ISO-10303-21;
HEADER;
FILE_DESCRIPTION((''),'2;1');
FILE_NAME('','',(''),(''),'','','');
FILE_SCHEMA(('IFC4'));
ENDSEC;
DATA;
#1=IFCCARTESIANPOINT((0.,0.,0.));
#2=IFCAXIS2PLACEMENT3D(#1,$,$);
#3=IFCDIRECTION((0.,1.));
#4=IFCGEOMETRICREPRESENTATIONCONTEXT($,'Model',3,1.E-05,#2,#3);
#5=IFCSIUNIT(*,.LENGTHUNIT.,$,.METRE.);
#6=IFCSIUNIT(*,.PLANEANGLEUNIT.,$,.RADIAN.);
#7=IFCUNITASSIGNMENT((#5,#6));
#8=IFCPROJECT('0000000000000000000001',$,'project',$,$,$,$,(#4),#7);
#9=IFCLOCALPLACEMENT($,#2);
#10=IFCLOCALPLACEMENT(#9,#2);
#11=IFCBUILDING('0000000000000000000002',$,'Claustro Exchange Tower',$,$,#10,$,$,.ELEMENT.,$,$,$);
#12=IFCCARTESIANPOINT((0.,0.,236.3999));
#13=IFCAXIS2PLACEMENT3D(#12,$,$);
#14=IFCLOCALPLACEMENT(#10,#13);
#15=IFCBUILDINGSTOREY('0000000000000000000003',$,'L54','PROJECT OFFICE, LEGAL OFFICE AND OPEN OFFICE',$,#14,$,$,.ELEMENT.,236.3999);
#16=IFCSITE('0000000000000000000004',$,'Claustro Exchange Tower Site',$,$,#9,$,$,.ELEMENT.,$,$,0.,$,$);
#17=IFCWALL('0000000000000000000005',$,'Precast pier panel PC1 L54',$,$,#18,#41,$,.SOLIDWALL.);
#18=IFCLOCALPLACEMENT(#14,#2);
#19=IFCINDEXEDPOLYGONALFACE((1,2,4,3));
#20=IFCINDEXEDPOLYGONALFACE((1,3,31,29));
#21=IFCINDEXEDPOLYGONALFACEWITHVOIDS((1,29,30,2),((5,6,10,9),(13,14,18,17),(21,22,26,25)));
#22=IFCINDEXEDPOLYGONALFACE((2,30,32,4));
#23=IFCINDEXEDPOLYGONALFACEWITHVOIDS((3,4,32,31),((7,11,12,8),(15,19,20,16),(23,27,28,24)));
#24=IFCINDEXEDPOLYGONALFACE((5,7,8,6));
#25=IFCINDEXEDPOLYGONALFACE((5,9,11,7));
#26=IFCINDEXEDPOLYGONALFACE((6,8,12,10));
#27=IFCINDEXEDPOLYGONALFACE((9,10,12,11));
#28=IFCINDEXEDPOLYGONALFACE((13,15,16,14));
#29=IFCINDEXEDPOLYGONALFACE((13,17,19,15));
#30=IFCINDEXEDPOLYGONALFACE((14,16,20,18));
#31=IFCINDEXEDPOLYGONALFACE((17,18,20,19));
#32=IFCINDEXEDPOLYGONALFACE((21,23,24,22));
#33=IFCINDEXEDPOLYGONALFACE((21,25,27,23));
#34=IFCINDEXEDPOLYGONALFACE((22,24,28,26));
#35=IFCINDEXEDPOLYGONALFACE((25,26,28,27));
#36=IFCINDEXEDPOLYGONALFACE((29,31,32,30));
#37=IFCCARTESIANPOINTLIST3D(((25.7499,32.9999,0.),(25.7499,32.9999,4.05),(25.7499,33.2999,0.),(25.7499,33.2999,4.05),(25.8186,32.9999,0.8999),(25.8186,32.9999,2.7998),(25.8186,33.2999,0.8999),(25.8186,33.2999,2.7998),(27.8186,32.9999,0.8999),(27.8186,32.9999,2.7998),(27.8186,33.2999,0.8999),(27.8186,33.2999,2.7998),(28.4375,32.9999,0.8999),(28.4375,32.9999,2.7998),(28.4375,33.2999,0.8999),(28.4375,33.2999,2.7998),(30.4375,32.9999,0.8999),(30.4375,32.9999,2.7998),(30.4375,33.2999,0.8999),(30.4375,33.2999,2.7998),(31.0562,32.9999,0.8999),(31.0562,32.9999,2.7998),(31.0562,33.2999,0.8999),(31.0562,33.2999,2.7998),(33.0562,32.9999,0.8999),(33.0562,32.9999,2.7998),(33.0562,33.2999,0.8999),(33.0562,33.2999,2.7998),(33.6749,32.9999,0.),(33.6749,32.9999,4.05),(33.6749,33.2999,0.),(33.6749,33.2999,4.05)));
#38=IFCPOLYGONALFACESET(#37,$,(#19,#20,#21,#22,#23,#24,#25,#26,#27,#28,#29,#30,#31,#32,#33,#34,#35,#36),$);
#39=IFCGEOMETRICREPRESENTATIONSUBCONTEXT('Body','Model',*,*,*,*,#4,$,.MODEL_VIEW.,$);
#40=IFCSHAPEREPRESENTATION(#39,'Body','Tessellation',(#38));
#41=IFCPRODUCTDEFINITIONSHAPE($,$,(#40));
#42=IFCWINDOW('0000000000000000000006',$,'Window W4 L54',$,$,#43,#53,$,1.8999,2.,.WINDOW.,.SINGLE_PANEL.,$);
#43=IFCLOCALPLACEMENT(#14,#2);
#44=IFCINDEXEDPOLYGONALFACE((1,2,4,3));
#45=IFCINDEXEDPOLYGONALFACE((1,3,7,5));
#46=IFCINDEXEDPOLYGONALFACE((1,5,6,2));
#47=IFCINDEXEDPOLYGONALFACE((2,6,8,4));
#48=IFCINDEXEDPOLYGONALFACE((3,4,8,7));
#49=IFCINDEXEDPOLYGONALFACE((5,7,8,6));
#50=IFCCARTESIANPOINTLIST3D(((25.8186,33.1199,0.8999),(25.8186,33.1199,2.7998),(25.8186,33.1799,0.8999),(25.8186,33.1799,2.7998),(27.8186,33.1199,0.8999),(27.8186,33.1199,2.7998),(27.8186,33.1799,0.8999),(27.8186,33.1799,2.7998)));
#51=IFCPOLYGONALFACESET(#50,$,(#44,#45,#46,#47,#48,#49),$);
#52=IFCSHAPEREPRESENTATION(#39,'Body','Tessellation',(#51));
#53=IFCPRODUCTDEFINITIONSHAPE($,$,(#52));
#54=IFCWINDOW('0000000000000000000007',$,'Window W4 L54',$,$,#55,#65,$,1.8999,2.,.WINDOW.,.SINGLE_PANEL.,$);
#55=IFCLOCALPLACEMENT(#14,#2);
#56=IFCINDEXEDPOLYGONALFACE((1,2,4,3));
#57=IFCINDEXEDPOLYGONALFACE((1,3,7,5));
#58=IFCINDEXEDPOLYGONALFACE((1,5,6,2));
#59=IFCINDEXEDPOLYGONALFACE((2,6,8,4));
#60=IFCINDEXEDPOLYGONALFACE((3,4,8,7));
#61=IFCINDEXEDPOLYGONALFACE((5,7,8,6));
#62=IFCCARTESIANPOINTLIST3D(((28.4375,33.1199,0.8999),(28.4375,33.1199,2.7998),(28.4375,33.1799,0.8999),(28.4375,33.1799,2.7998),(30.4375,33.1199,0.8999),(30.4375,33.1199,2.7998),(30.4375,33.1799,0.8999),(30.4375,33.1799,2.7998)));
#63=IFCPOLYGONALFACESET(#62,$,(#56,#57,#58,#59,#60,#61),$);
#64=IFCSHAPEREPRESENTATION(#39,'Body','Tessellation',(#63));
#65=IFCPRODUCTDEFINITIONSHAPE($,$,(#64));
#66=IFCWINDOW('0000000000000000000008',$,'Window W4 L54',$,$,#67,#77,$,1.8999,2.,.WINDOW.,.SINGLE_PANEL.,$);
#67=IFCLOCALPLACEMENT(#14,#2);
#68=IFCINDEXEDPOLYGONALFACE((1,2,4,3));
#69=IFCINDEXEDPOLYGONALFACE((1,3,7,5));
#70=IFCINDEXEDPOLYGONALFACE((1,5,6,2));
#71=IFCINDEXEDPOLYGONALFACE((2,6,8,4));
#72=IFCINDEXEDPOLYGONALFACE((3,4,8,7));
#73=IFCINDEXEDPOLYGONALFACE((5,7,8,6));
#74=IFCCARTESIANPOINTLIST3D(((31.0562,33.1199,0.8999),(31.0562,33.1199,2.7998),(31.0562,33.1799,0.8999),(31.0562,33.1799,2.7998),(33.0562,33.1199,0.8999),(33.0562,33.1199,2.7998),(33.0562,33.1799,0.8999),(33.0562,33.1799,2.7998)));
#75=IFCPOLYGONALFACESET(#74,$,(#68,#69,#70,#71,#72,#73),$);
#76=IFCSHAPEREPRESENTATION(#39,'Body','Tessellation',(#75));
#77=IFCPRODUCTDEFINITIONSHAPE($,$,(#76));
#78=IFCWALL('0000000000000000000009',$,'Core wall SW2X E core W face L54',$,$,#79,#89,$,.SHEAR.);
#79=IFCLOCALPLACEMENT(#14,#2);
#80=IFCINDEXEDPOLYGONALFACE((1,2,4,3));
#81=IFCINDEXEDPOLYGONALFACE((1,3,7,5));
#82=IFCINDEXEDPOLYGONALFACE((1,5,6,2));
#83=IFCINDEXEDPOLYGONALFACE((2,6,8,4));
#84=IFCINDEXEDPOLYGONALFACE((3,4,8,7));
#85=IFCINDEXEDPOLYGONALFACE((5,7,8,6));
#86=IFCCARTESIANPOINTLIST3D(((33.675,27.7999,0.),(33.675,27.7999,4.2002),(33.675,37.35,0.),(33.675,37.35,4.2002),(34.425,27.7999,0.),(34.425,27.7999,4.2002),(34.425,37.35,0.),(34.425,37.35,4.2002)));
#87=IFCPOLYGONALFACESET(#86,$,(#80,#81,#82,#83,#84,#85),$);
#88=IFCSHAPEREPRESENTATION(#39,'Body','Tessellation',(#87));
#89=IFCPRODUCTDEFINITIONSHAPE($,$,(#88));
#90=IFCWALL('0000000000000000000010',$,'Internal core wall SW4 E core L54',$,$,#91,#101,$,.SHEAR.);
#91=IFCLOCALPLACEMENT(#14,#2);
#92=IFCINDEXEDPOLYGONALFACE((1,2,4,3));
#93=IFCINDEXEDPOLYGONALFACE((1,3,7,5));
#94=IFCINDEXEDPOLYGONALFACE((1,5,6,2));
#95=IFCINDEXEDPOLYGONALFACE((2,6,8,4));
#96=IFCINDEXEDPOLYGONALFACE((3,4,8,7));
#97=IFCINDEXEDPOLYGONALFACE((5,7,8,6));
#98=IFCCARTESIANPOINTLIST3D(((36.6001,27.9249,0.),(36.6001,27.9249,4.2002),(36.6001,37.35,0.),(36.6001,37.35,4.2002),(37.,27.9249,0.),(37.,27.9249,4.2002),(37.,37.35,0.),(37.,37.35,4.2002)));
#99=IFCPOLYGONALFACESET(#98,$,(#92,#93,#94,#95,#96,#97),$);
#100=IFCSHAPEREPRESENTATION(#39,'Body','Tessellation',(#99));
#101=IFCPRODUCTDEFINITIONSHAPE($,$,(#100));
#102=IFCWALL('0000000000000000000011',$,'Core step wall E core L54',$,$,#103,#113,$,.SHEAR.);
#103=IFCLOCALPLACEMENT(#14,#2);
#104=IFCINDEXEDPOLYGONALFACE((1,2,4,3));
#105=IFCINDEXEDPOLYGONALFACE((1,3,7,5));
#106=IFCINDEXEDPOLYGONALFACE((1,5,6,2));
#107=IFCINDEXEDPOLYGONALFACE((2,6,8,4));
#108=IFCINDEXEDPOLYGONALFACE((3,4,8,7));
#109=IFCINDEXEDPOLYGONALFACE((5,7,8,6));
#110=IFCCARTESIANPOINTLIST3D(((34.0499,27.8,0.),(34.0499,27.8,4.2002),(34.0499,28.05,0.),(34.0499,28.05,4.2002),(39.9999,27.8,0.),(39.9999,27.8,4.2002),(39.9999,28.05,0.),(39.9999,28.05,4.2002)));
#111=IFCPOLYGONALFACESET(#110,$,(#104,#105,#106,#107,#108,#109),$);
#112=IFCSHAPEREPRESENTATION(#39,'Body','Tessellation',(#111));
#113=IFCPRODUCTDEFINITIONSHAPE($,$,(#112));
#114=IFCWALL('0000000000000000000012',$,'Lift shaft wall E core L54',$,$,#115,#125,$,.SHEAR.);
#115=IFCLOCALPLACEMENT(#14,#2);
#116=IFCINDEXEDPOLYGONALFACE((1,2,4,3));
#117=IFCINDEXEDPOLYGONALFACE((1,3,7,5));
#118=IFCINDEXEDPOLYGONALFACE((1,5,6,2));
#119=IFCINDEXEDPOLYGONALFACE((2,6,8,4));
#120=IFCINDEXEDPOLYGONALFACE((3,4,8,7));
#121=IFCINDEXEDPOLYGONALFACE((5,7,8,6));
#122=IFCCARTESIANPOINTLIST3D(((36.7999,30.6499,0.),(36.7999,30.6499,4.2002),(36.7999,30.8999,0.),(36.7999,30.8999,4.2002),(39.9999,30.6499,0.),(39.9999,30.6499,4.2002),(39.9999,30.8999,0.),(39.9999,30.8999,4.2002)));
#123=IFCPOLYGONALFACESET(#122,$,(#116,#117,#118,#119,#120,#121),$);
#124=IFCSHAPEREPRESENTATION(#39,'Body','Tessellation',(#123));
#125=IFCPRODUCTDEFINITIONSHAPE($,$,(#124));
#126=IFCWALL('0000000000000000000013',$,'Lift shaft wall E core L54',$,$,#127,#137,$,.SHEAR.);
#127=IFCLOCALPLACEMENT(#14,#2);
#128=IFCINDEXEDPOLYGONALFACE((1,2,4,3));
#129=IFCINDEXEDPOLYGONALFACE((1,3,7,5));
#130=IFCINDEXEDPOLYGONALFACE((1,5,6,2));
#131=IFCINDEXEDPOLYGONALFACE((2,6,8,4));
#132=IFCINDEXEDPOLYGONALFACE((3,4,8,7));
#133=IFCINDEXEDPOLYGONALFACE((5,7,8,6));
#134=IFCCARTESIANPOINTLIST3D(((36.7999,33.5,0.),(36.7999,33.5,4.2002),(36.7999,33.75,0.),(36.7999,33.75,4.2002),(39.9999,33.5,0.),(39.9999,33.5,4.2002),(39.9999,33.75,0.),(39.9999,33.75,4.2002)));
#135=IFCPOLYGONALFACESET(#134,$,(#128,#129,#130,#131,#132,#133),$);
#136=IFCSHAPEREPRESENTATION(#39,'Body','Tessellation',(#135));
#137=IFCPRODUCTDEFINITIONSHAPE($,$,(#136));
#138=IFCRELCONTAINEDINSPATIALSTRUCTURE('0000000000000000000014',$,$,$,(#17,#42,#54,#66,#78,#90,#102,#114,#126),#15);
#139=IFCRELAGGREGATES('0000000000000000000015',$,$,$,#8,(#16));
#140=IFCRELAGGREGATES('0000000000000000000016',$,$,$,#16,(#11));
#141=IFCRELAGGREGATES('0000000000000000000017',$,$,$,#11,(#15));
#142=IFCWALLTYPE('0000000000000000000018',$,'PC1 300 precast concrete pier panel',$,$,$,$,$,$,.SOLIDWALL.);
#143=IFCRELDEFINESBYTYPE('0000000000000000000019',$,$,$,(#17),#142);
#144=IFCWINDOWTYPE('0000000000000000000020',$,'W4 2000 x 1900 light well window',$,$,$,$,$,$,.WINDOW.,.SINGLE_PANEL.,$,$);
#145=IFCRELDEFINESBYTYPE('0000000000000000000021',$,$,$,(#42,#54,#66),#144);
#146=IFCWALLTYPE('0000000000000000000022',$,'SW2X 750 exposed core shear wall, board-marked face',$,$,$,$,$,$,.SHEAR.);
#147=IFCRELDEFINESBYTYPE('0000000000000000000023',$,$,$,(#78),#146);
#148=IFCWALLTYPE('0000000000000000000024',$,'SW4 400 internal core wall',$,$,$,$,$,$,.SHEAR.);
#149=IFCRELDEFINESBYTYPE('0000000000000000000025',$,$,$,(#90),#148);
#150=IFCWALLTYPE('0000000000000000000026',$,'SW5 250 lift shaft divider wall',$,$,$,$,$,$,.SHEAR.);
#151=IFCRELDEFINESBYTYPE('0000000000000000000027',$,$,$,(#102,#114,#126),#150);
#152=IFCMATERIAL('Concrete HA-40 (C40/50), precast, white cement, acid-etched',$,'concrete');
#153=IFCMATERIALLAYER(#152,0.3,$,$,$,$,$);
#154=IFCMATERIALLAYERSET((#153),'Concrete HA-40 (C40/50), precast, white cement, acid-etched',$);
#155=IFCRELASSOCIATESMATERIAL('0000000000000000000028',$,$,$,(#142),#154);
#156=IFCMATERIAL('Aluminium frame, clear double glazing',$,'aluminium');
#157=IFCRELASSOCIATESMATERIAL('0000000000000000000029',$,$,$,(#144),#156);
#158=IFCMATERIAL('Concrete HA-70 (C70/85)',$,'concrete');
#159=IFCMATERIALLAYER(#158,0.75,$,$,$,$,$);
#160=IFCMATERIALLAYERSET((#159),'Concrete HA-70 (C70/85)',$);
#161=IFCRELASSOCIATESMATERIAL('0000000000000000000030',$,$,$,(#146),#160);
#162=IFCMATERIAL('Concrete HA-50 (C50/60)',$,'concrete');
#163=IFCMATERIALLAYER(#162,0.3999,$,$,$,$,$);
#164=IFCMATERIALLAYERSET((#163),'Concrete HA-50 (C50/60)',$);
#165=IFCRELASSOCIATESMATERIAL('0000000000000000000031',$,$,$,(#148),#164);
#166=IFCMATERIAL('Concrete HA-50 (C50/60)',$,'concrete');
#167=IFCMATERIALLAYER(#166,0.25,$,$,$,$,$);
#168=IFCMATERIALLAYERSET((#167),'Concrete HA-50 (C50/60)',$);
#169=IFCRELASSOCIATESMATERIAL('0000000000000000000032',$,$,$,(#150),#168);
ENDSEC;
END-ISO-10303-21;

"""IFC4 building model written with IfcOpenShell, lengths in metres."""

from ifc_helpers import new_model, si_unit, direction, frame, frame_2d, origin, place, context, subcontext, project, spatial, rectangle, extrude, material, layer, layer_set, type_object, element, fill, save


model = new_model("IFC4")

# Units and contexts
model_context = context("Model", 3, precision=1e-05, world=origin(), true_north=direction((0.0, 1.0)))
body_context = subcontext(model_context, "Body", "Model", "MODEL_VIEW")
ifc_project = project(units=[si_unit("LENGTHUNIT", "METRE"), si_unit("PLANEANGLEUNIT", "RADIAN")], contexts=[model_context])

# Site, building, storey
site_placement = place(None, origin())
site = spatial("IfcSite", under=ifc_project, at=site_placement, Name="Claustro Exchange Tower Site", CompositionType="ELEMENT", RefElevation=0.0)
building_placement = place(site_placement, origin())
building = spatial("IfcBuilding", under=site, at=building_placement, Name="Claustro Exchange Tower", CompositionType="ELEMENT")
storey_placement = place(building_placement, frame((0.0, 0.0, 236.3999)))
storey = spatial("IfcBuildingStorey", under=building, at=storey_placement, Name="L54", Description="PROJECT OFFICE, LEGAL OFFICE AND OPEN OFFICE", CompositionType="ELEMENT", Elevation=236.3999)

# Wall, openings, windows
ifc_material_1 = material(Name="Concrete HA-40 (C40/50), precast, white cement, acid-etched", Category="concrete")
ifc_layer_1 = layer(ifc_material_1, 0.3)
ifc_layer_set_1 = layer_set([ifc_layer_1], Name="Concrete HA-40 (C40/50), precast, white cement, acid-etched")
wall_type_1 = type_object("IfcWallType", Name="PC1 300 precast concrete pier panel", PredefinedType="SOLIDWALL", material=ifc_layer_set_1)
wall_1_placement = place(storey_placement, frame((25.75, 33.1499, 0.0), z_axis=(0.0, 0.0, 1.0), x_axis=(1.0, 0.0, 0.0)))
wall_1 = element("IfcWall", 1, at=wall_1_placement, inside=storey, type_object=wall_type_1, Name="Precast pier panel PC1 L54", PredefinedType="SOLIDWALL", context=body_context, shape_type="SweptSolid", body=[
    extrude(rectangle(XDim=7.925, YDim=0.3, at=frame_2d((3.9624, 0.0))), origin(), (0.0, 0.0, 1.0), 4.05),
])
opening_1_placement = place(wall_1_placement, frame((0.0686, 0.0, 0.8999)))
opening_1 = element("IfcOpeningElement", 2, at=opening_1_placement, cuts=wall_1, PredefinedType="OPENING", context=body_context, shape_type="SweptSolid", body=[
    extrude(rectangle(XDim=2.0, YDim=1.8999, at=frame_2d((1.0, 0.95))), frame((0.0, 0.1599, 0.0), z_axis=(0.0, -1.0, 0.0), x_axis=(1.0, 0.0, 0.0)), (0.0, 0.0, 1.0), 0.3201),
])
opening_2_placement = place(wall_1_placement, frame((2.6875, 0.0, 0.8999)))
opening_2 = element("IfcOpeningElement", 3, at=opening_2_placement, cuts=wall_1, PredefinedType="OPENING", context=body_context, shape_type="SweptSolid", body=[
    extrude(rectangle(XDim=2.0, YDim=1.8999, at=frame_2d((1.0, 0.95))), frame((0.0, 0.1599, 0.0), z_axis=(0.0, -1.0, 0.0), x_axis=(1.0, 0.0, 0.0)), (0.0, 0.0, 1.0), 0.3201),
])
opening_3_placement = place(wall_1_placement, frame((5.3062, 0.0, 0.8999)))
opening_3 = element("IfcOpeningElement", 4, at=opening_3_placement, cuts=wall_1, PredefinedType="OPENING", context=body_context, shape_type="SweptSolid", body=[
    extrude(rectangle(XDim=2.0, YDim=1.8999, at=frame_2d((1.0, 0.95))), frame((0.0, 0.1599, 0.0), z_axis=(0.0, -1.0, 0.0), x_axis=(1.0, 0.0, 0.0)), (0.0, 0.0, 1.0), 0.3201),
])
ifc_material_2 = material(Name="Aluminium frame, clear double glazing", Category="aluminium")
window_type = type_object("IfcWindowType", Name="W4 2000 x 1900 light well window", PartitioningType="SINGLE_PANEL", PredefinedType="WINDOW", material=ifc_material_2)
window_1_placement = place(opening_1_placement, origin())
window_1 = element("IfcWindow", 5, at=window_1_placement, inside=storey, type_object=window_type, Name="Window W4 L54", OverallHeight=1.8999, OverallWidth=2.0, PartitioningType="SINGLE_PANEL", PredefinedType="WINDOW", context=body_context, shape_type="SweptSolid", body=[
    extrude(rectangle(XDim=2.0, YDim=1.8999, at=frame_2d((1.0, 0.95))), frame((0.0, 0.03, 0.0), z_axis=(0.0, -1.0, 0.0), x_axis=(1.0, 0.0, 0.0)), (0.0, 0.0, 1.0), 0.0601),
])
fill(opening_1, window_1)
window_2_placement = place(opening_2_placement, origin())
window_2 = element("IfcWindow", 6, at=window_2_placement, inside=storey, type_object=window_type, Name="Window W4 L54", OverallHeight=1.8999, OverallWidth=2.0, PartitioningType="SINGLE_PANEL", PredefinedType="WINDOW", context=body_context, shape_type="SweptSolid", body=[
    extrude(rectangle(XDim=2.0, YDim=1.8999, at=frame_2d((1.0, 0.95))), frame((0.0, 0.03, 0.0), z_axis=(0.0, -1.0, 0.0), x_axis=(1.0, 0.0, 0.0)), (0.0, 0.0, 1.0), 0.0601),
])
fill(opening_2, window_2)
window_3_placement = place(opening_3_placement, origin())
window_3 = element("IfcWindow", 7, at=window_3_placement, inside=storey, type_object=window_type, Name="Window W4 L54", OverallHeight=1.8999, OverallWidth=2.0, PartitioningType="SINGLE_PANEL", PredefinedType="WINDOW", context=body_context, shape_type="SweptSolid", body=[
    extrude(rectangle(XDim=2.0, YDim=1.8999, at=frame_2d((1.0, 0.95))), frame((0.0, 0.03, 0.0), z_axis=(0.0, -1.0, 0.0), x_axis=(1.0, 0.0, 0.0)), (0.0, 0.0, 1.0), 0.0601),
])
fill(opening_3, window_3)

# Walls
ifc_material_3 = material(Name="Concrete HA-70 (C70/85)", Category="concrete")
ifc_layer_2 = layer(ifc_material_3, 0.75)
ifc_layer_set_2 = layer_set([ifc_layer_2], Name="Concrete HA-70 (C70/85)")
wall_type_2 = type_object("IfcWallType", Name="SW2X 750 exposed core shear wall, board-marked face", PredefinedType="SHEAR", material=ifc_layer_set_2)
wall_2_placement = place(storey_placement, frame((34.05, 27.8, 0.0), z_axis=(0.0, 0.0, 1.0), x_axis=(0.0, 1.0, 0.0)))
element("IfcWall", 8, at=wall_2_placement, inside=storey, type_object=wall_type_2, Name="Core wall SW2X E core W face L54", PredefinedType="SHEAR", context=body_context, shape_type="SweptSolid", body=[
    extrude(rectangle(XDim=9.55, YDim=0.75, at=frame_2d((4.7749, 0.0))), origin(), (0.0, 0.0, 1.0), 4.2002),
])
ifc_material_4 = material(Name="Concrete HA-50 (C50/60)", Category="concrete")
ifc_layer_3 = layer(ifc_material_4, 0.3999)
ifc_layer_set_3 = layer_set([ifc_layer_3], Name="Concrete HA-50 (C50/60)")
wall_type_3 = type_object("IfcWallType", Name="SW4 400 internal core wall", PredefinedType="SHEAR", material=ifc_layer_set_3)
wall_3_placement = place(storey_placement, frame((36.8, 27.925, 0.0), z_axis=(0.0, 0.0, 1.0), x_axis=(0.0, 1.0, 0.0)))
element("IfcWall", 9, at=wall_3_placement, inside=storey, type_object=wall_type_3, Name="Internal core wall SW4 E core L54", PredefinedType="SHEAR", context=body_context, shape_type="SweptSolid", body=[
    extrude(rectangle(XDim=9.425, YDim=0.3999, at=frame_2d((4.7124, 0.0))), origin(), (0.0, 0.0, 1.0), 4.2002),
])
ifc_material_5 = material(Name="Concrete HA-50 (C50/60)", Category="concrete")
ifc_layer_4 = layer(ifc_material_5, 0.25)
ifc_layer_set_4 = layer_set([ifc_layer_4], Name="Concrete HA-50 (C50/60)")
wall_type_4 = type_object("IfcWallType", Name="SW5 250 lift shaft divider wall", PredefinedType="SHEAR", material=ifc_layer_set_4)
wall_4_placement = place(storey_placement, frame((40.0, 27.925, 0.0), z_axis=(0.0, 0.0, 1.0), x_axis=(-1.0, 0.0, 0.0)))
element("IfcWall", 10, at=wall_4_placement, inside=storey, type_object=wall_type_4, Name="Core step wall E core L54", PredefinedType="SHEAR", context=body_context, shape_type="SweptSolid", body=[
    extrude(rectangle(XDim=5.95, YDim=0.25, at=frame_2d((2.9751, 0.0))), origin(), (0.0, 0.0, 1.0), 4.2002),
])
for number, where, z_axis, x_axis, name in (
    (11, (40.0, 30.7749, 0.0), (0.0, 0.0, 1.0), (-1.0, 0.0, 0.0), "Lift shaft wall E core L54"),
    (12, (40.0, 33.625, 0.0), (0.0, 0.0, 1.0), (-1.0, 0.0, 0.0), "Lift shaft wall E core L54"),
):
    element("IfcWall", number, at=place(storey_placement, frame(where, z_axis=z_axis, x_axis=x_axis)), inside=storey, type_object=wall_type_4, Name=name, PredefinedType="SHEAR", context=body_context, shape_type="SweptSolid", body=[
        extrude(rectangle(XDim=3.2, YDim=0.25, at=frame_2d((1.6001, 0.0))), origin(), (0.0, 0.0, 1.0), 4.2002),
    ])

save(model, "model.ifc")
